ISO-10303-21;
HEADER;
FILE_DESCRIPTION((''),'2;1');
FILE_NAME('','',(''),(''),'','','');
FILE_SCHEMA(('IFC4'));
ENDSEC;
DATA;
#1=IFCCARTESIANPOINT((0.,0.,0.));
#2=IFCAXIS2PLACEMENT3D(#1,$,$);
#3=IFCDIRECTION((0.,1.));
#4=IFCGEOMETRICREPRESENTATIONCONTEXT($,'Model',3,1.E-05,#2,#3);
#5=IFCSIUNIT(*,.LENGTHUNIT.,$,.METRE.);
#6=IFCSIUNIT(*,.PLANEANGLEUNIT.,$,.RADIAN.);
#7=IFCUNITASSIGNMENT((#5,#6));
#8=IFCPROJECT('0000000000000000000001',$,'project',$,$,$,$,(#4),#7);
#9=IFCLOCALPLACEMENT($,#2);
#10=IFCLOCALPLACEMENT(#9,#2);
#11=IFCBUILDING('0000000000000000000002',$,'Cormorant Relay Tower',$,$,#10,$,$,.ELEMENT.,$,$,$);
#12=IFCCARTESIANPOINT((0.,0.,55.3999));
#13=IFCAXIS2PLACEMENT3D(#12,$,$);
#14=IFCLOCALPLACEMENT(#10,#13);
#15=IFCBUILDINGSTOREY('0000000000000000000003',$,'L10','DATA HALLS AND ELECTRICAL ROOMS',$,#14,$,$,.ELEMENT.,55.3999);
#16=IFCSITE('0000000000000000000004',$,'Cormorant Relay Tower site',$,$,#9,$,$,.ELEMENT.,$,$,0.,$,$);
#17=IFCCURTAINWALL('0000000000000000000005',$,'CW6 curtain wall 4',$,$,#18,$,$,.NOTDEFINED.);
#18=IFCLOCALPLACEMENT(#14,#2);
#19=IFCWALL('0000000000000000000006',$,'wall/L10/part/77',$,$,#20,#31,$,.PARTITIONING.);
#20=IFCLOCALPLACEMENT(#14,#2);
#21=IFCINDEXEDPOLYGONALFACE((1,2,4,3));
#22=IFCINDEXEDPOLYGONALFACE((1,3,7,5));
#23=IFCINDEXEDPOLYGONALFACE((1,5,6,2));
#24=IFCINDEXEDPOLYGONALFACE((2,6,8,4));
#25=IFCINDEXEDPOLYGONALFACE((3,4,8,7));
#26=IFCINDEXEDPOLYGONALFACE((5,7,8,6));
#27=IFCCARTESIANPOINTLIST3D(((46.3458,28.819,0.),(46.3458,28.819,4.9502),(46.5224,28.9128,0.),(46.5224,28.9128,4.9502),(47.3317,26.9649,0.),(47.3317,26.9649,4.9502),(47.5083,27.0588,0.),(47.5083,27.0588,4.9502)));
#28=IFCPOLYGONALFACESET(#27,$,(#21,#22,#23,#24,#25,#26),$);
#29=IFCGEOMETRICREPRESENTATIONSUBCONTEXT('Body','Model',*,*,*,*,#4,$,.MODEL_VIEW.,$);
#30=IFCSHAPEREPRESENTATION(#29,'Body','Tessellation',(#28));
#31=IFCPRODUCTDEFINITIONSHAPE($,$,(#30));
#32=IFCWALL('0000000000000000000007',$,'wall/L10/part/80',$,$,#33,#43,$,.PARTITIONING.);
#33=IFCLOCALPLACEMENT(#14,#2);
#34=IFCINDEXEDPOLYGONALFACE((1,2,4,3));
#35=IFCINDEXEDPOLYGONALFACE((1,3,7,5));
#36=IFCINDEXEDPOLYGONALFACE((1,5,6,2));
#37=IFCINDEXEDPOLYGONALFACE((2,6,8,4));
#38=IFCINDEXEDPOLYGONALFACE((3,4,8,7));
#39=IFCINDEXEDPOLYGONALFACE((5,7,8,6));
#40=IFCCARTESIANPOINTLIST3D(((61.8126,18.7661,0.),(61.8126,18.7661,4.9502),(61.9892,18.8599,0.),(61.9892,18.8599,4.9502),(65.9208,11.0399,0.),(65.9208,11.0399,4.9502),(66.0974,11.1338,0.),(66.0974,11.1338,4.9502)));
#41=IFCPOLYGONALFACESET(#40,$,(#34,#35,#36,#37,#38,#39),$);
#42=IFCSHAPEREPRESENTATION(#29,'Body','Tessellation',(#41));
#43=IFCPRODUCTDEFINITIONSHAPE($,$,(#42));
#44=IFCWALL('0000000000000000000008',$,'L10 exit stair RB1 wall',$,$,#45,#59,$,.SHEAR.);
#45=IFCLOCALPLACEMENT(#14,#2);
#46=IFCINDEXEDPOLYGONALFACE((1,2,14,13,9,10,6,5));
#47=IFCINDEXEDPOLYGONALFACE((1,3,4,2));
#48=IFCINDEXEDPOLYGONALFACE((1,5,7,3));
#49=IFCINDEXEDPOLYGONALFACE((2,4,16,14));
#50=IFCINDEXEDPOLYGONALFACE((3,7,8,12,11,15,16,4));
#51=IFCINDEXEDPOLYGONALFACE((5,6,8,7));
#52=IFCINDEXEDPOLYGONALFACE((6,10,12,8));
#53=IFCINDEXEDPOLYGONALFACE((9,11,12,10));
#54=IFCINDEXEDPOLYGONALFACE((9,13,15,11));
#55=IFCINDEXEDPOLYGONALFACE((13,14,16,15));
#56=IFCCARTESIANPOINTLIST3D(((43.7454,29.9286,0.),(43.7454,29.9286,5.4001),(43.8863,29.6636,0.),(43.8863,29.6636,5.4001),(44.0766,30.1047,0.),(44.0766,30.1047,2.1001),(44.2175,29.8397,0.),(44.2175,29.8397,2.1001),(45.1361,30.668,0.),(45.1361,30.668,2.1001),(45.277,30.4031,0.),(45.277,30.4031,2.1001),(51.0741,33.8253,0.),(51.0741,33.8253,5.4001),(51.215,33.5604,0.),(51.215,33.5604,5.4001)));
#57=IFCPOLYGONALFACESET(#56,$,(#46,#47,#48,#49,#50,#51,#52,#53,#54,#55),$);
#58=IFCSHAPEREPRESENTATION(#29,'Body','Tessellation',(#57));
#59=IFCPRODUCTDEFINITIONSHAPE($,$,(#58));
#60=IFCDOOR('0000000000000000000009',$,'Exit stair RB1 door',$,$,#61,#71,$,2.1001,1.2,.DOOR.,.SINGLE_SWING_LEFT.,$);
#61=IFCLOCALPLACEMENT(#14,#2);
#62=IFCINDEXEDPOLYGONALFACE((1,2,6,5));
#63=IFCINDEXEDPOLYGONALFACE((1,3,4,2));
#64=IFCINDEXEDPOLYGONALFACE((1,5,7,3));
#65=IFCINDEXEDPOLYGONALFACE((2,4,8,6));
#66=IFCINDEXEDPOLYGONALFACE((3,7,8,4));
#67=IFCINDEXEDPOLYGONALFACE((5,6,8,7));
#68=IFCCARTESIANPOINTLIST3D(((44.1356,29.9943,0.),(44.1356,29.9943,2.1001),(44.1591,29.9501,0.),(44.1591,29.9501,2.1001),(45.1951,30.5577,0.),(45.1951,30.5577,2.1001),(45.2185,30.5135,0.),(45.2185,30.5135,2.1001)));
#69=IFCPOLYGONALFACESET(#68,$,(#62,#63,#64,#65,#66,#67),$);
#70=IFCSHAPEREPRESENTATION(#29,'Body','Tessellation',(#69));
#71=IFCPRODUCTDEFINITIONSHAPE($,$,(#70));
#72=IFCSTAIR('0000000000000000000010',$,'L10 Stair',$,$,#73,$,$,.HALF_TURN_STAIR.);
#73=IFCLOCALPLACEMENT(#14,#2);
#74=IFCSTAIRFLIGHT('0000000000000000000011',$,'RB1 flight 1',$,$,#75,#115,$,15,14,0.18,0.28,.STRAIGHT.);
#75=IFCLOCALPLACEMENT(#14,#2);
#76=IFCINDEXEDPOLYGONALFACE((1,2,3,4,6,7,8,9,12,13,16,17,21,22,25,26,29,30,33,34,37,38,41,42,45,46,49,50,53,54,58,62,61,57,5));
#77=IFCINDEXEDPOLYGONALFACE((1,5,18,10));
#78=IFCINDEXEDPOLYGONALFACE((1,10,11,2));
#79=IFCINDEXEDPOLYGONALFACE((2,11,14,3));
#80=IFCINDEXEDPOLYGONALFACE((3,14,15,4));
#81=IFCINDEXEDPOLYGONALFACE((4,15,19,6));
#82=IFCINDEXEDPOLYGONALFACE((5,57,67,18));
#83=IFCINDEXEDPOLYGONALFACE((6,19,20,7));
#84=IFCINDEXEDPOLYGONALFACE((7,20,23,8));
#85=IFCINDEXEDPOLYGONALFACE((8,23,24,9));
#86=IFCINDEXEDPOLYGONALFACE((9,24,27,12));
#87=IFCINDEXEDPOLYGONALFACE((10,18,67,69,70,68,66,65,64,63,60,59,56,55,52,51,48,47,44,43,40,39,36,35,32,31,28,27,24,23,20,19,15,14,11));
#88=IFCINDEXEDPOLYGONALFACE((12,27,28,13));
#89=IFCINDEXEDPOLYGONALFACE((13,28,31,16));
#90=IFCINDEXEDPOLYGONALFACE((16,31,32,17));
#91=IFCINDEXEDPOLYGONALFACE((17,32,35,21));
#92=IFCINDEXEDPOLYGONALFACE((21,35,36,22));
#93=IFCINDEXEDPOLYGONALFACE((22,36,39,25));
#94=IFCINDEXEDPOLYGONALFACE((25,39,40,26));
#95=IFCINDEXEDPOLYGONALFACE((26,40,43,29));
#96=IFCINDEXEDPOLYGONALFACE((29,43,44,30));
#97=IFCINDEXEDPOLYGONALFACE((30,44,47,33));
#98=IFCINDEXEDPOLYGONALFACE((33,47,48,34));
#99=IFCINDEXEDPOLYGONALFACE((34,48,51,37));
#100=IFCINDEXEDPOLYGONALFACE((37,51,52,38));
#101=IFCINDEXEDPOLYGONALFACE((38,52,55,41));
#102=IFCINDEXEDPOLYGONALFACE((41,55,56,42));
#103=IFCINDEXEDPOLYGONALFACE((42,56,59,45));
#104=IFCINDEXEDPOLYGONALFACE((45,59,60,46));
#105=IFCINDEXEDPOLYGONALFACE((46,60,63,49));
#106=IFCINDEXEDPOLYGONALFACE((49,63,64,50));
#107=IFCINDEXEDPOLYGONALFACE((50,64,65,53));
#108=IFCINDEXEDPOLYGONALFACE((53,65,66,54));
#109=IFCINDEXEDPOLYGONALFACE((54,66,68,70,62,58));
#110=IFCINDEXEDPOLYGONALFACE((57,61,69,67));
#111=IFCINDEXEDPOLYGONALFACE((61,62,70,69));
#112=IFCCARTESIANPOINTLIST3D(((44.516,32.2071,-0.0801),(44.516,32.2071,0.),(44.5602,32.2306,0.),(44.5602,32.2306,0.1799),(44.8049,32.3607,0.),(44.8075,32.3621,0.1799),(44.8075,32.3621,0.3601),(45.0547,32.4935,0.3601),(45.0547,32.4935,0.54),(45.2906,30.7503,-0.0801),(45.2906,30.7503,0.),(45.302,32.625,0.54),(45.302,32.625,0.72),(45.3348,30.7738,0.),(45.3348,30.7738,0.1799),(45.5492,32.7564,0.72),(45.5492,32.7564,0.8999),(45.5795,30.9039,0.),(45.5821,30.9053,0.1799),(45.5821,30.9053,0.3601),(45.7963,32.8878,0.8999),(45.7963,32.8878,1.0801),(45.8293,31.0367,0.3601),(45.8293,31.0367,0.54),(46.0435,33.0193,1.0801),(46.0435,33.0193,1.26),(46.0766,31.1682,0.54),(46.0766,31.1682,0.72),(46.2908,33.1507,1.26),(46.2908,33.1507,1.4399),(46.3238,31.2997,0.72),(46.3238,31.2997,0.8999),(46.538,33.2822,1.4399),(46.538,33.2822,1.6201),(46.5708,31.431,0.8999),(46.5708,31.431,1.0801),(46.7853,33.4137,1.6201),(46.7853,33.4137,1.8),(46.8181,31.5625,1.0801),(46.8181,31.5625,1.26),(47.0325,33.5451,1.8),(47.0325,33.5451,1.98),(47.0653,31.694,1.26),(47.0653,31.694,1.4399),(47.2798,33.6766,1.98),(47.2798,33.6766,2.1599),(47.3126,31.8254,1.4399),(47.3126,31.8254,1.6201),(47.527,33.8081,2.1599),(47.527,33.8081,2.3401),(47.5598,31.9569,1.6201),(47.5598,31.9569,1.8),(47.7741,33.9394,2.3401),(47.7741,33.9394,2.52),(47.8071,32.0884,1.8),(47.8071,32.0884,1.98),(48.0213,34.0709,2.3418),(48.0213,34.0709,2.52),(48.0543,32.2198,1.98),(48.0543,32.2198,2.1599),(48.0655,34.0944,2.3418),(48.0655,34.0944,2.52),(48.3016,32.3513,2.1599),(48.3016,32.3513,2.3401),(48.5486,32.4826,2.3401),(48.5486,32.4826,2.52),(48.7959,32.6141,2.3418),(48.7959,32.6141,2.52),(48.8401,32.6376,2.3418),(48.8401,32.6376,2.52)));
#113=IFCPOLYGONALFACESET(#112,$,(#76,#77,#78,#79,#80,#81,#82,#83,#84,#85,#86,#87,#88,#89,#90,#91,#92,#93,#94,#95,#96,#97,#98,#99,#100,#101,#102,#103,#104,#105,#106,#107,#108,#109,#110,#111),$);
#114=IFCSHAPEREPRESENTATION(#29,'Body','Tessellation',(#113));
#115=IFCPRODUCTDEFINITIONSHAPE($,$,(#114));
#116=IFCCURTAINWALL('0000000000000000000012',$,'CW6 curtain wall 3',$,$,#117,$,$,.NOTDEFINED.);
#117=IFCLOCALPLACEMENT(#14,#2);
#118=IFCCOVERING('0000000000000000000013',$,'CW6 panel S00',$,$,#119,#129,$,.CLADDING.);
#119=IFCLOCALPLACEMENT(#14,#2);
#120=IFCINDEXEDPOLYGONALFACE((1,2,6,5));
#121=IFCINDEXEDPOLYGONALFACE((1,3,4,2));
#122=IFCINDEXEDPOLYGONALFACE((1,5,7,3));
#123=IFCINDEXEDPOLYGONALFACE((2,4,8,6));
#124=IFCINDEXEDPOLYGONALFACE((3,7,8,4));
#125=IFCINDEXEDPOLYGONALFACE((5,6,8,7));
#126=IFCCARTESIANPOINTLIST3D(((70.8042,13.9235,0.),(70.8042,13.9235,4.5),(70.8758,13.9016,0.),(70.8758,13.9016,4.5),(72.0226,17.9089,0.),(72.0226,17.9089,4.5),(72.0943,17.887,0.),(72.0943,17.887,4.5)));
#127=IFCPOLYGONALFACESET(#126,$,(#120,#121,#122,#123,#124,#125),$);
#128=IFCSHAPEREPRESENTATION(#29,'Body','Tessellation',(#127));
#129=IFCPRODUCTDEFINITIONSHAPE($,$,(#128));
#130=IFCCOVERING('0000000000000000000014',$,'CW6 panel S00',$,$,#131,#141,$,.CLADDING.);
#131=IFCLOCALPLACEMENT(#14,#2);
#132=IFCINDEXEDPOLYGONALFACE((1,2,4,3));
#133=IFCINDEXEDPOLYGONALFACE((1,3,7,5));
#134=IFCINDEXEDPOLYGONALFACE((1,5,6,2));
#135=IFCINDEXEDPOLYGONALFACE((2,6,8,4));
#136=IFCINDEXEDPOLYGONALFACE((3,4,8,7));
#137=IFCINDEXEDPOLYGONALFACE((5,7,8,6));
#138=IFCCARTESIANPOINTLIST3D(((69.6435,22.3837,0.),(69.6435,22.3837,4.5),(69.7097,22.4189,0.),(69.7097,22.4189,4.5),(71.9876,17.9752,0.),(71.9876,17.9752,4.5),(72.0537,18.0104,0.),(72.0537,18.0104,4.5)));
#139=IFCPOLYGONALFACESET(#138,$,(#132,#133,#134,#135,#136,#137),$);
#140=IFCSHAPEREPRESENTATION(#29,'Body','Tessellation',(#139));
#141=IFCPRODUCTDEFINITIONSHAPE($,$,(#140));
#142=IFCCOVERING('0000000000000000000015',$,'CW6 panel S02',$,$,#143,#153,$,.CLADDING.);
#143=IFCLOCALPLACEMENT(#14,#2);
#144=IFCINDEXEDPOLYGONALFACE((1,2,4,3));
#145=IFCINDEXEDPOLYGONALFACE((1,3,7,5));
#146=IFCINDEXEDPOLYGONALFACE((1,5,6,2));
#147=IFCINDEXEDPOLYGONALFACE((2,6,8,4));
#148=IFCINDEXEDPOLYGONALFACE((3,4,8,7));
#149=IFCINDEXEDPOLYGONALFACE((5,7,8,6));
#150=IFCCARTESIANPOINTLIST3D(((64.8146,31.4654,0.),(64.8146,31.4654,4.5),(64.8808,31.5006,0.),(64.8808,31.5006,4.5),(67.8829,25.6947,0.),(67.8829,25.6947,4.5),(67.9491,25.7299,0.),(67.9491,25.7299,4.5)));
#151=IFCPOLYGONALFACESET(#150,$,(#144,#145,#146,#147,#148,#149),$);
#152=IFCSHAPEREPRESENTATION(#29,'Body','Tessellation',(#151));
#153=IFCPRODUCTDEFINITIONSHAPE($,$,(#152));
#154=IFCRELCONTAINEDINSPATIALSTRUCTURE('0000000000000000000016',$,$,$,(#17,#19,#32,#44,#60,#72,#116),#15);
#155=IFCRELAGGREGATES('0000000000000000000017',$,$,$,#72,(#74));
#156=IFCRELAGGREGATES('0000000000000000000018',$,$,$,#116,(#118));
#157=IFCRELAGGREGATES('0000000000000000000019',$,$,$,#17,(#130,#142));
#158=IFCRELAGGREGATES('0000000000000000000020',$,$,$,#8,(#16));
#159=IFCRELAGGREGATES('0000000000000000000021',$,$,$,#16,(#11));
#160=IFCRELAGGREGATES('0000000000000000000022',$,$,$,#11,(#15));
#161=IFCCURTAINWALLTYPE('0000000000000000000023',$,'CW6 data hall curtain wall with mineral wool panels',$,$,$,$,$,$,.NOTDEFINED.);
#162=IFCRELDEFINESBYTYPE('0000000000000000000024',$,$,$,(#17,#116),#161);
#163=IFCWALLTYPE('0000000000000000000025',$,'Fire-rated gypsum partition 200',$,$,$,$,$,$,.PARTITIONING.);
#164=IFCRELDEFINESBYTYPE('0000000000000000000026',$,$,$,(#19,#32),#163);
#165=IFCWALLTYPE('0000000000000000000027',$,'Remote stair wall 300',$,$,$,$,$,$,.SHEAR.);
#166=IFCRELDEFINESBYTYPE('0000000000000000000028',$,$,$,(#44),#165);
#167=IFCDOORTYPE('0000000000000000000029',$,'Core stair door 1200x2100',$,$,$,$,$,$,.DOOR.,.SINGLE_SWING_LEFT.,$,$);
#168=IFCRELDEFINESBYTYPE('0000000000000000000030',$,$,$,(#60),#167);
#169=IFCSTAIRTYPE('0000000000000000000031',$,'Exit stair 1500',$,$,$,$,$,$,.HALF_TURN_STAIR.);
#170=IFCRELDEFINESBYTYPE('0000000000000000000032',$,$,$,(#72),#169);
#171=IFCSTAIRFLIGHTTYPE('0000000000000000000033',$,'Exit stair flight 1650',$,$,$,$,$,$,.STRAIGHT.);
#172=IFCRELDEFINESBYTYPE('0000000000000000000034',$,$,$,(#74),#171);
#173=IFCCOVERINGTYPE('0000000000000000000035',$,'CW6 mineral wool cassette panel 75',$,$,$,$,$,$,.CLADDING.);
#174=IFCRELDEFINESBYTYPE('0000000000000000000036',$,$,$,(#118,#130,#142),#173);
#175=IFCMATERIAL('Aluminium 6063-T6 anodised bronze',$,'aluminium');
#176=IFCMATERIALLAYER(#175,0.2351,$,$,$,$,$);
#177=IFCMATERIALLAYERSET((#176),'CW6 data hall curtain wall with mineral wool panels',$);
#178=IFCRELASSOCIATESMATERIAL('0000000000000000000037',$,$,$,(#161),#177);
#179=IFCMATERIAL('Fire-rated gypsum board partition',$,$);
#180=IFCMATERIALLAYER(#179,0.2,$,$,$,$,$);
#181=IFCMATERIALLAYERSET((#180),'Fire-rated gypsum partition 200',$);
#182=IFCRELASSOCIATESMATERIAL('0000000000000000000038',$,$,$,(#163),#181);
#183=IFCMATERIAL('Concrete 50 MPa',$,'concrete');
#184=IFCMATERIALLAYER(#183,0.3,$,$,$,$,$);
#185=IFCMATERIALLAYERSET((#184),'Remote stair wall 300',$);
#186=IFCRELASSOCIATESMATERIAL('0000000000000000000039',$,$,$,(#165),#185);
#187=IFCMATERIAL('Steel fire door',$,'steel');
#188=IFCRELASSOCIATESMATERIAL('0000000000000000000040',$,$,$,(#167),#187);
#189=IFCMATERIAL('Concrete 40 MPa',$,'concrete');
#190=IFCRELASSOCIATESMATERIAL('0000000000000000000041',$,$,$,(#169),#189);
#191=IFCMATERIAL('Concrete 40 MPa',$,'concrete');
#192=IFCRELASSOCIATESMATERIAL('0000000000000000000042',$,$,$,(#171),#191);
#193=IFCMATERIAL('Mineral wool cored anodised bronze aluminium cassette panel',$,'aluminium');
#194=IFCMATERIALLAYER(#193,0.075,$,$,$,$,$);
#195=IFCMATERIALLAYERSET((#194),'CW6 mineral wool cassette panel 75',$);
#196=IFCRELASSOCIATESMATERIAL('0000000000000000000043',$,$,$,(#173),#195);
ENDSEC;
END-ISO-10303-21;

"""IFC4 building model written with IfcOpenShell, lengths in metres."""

from ifc_helpers import new_model, si_unit, direction, frame, frame_2d, origin, origin_2d, place, context, subcontext, project, spatial, polyline, rectangle, outline, extrude, material, layer, layer_set, type_object, element, fill, aggregate, save


model = new_model("IFC4")

# Units and contexts
model_context = context("Model", 3, precision=1e-05, world=origin(), true_north=direction((0.0, 1.0)))
body_context = subcontext(model_context, "Body", "Model", "MODEL_VIEW")
ifc_project = project(units=[si_unit("LENGTHUNIT", "METRE"), si_unit("PLANEANGLEUNIT", "RADIAN")], contexts=[model_context])

# Site, building, storey
site_placement = place(None, origin())
site = spatial("IfcSite", under=ifc_project, at=site_placement, Name="Cormorant Relay Tower site", CompositionType="ELEMENT", RefElevation=0.0)
building_placement = place(site_placement, origin())
building = spatial("IfcBuilding", under=site, at=building_placement, Name="Cormorant Relay Tower", CompositionType="ELEMENT")
storey_placement = place(building_placement, frame((0.0, 0.0, 55.3999)))
storey = spatial("IfcBuildingStorey", under=building, at=storey_placement, Name="L10", Description="DATA HALLS AND ELECTRICAL ROOMS", CompositionType="ELEMENT", Elevation=55.3999)

# Curtain wall
ifc_material_1 = material(Name="Aluminium 6063-T6 anodised bronze", Category="aluminium")
ifc_layer_1 = layer(ifc_material_1, 0.2351)
ifc_layer_set_1 = layer_set([ifc_layer_1], Name="CW6 data hall curtain wall with mineral wool panels")
curtain_wall_type = type_object("IfcCurtainWallType", Name="CW6 data hall curtain wall with mineral wool panels", PredefinedType="NOTDEFINED", material=ifc_layer_set_1)
curtain_wall_1_placement = place(storey_placement, origin())
curtain_wall_1 = element("IfcCurtainWall", 1, at=curtain_wall_1_placement, inside=storey, type_object=curtain_wall_type, Name="CW6 curtain wall 4", PredefinedType="NOTDEFINED")

# Walls
ifc_material_2 = material(Name="Fire-rated gypsum board partition")
ifc_layer_2 = layer(ifc_material_2, 0.2)
ifc_layer_set_2 = layer_set([ifc_layer_2], Name="Fire-rated gypsum partition 200")
wall_type_1 = type_object("IfcWallType", Name="Fire-rated gypsum partition 200", PredefinedType="PARTITIONING", material=ifc_layer_set_2)
wall_1_placement = place(storey_placement, frame((47.4199, 27.012, 0.0), z_axis=(0.0, 0.0, 1.0), x_axis=(-0.46949, 0.882938, 0.0)))
element("IfcWall", 2, at=wall_1_placement, inside=storey, type_object=wall_type_1, Name="wall/L10/part/77", PredefinedType="PARTITIONING", context=body_context, shape_type="SweptSolid", body=[
    extrude(rectangle(XDim=2.0999, YDim=0.2, at=frame_2d((1.0498, 0.0))), origin(), (0.0, 0.0, 1.0), 4.9502),
])
wall_2_placement = place(storey_placement, frame((61.9009, 18.813, 0.0), z_axis=(0.0, 0.0, 1.0), x_axis=(0.469483, -0.882942, 0.0)))
element("IfcWall", 3, at=wall_2_placement, inside=storey, type_object=wall_type_1, Name="wall/L10/part/80", PredefinedType="PARTITIONING", context=body_context, shape_type="SweptSolid", body=[
    extrude(rectangle(XDim=8.7505, YDim=0.2, at=frame_2d((4.3752, 0.0))), origin(), (0.0, 0.0, 1.0), 4.9502),
])

# Wall, opening, door
ifc_material_3 = material(Name="Concrete 50 MPa", Category="concrete")
ifc_layer_3 = layer(ifc_material_3, 0.3)
ifc_layer_set_3 = layer_set([ifc_layer_3], Name="Remote stair wall 300")
wall_type_2 = type_object("IfcWallType", Name="Remote stair wall 300", PredefinedType="SHEAR", material=ifc_layer_set_3)
wall_3_placement = place(storey_placement, frame((51.1445, 33.6929, 0.0), z_axis=(0.0, 0.0, 1.0), x_axis=(-0.882946, -0.469475, 0.0)))
wall_3 = element("IfcWall", 4, at=wall_3_placement, inside=storey, type_object=wall_type_2, Name="L10 exit stair RB1 wall", PredefinedType="SHEAR", context=body_context, shape_type="SweptSolid", body=[
    extrude(rectangle(XDim=8.3003, YDim=0.3, at=frame_2d((4.1501, 0.0))), origin(), (0.0, 0.0, 1.0), 5.4001),
])
opening_placement = place(wall_3_placement, frame((6.7251, 0.0, 0.0)))
opening = element("IfcOpeningElement", 5, at=opening_placement, cuts=wall_3, PredefinedType="OPENING", context=body_context, shape_type="SweptSolid", body=[
    extrude(rectangle(XDim=1.2, YDim=2.1001, at=frame_2d((0.6001, 1.05))), frame((0.0, 0.1599, 0.0), z_axis=(0.0, -1.0, 0.0), x_axis=(1.0, 0.0, 0.0)), (0.0, 0.0, 1.0), 0.3201),
])
ifc_material_4 = material(Name="Steel fire door", Category="steel")
door_type = type_object("IfcDoorType", Name="Core stair door 1200x2100", OperationType="SINGLE_SWING_LEFT", PredefinedType="DOOR", material=ifc_material_4)
door_placement = place(opening_placement, frame((1.2, 0.0, 0.0), z_axis=(0.0, 0.0, 1.0), x_axis=(-1.0, 0.0, 0.0)))
door = element("IfcDoor", 6, at=door_placement, inside=storey, type_object=door_type, Name="Exit stair RB1 door", OperationType="SINGLE_SWING_LEFT", OverallHeight=2.1001, OverallWidth=1.2, PredefinedType="DOOR", context=body_context, shape_type="SweptSolid", body=[
    extrude(rectangle(XDim=1.2, YDim=2.1001, at=frame_2d((0.6001, 1.05))), frame((0.0, 0.0249, 0.0), z_axis=(0.0, -1.0, 0.0), x_axis=(1.0, 0.0, 0.0)), (0.0, 0.0, 1.0), 0.05),
])
fill(opening, door)

# Stair, stair flight
ifc_material_5 = material(Name="Concrete 40 MPa", Category="concrete")
stair_type = type_object("IfcStairType", Name="Exit stair 1500", PredefinedType="HALF_TURN_STAIR", material=ifc_material_5)
stair_placement = place(storey_placement, origin())
stair = element("IfcStair", 7, at=stair_placement, inside=storey, type_object=stair_type, Name="L10 Stair", PredefinedType="HALF_TURN_STAIR")
ifc_material_6 = material(Name="Concrete 40 MPa", Category="concrete")
stair_flight_type = type_object("IfcStairFlightType", Name="Exit stair flight 1650", PredefinedType="STRAIGHT", material=ifc_material_6)
stair_flight_placement = place(storey_placement, frame((44.9475, 31.5022, 0.0), z_axis=(0.0, 0.0, 1.0), x_axis=(0.882948, 0.469472, 0.0)))
stair_flight = element("IfcStairFlight", 8, at=stair_flight_placement, type_object=stair_flight_type, Name="RB1 flight 1", NumberOfRisers=15, NumberOfTreads=14, PredefinedType="STRAIGHT", RiserHeight=0.18, TreadLength=0.28, context=body_context, shape_type="SweptSolid", body=[
    extrude(outline(polyline([(-0.05, -0.0801), (-0.05, 0.0), (0.0, 0.0), (0.0, 0.1799), (0.28, 0.1799), (0.28, 0.3601), (0.5601, 0.3601), (0.5601, 0.54), (0.8401, 0.54), (0.8401, 0.72), (1.1201, 0.72), (1.1201, 0.8999), (1.3999, 0.8999), (1.3999, 1.0801), (1.6799, 1.0801), (1.6799, 1.26), (1.96, 1.26), (1.96, 1.4399), (2.24, 1.4399), (2.24, 1.6201), (2.52, 1.6201), (2.52, 1.8), (2.8, 1.8), (2.8, 1.98), (3.0801, 1.98), (3.0801, 2.1599), (3.3601, 2.1599), (3.3601, 2.3401), (3.6399, 2.3401), (3.6399, 2.52), (3.9199, 2.52), (3.97, 2.52), (3.97, 2.3418), (3.9199, 2.3418), (0.2771, 0.0), (-0.05, -0.0801)])), frame((0.0, 0.825, 0.0), z_axis=(0.0, -1.0, 0.0), x_axis=(1.0, 0.0, 0.0)), (0.0, 0.0, 1.0), 1.6499),
])
aggregate(stair, [stair_flight])

# Curtain wall, covering
curtain_wall_2_placement = place(storey_placement, origin())
curtain_wall_2 = element("IfcCurtainWall", 9, at=curtain_wall_2_placement, inside=storey, type_object=curtain_wall_type, Name="CW6 curtain wall 3", PredefinedType="NOTDEFINED")
ifc_material_7 = material(Name="Mineral wool cored anodised bronze aluminium cassette panel", Category="aluminium")
ifc_layer_4 = layer(ifc_material_7, 0.075)
ifc_layer_set_4 = layer_set([ifc_layer_4], Name="CW6 mineral wool cassette panel 75")
covering_type = type_object("IfcCoveringType", Name="CW6 mineral wool cassette panel 75", PredefinedType="CLADDING", material=ifc_layer_set_4)
covering_1_placement = place(storey_placement, frame((71.4492, 15.9053, 0.0), z_axis=(0.0, 0.0, 1.0), x_axis=(0.292372, 0.956305, 0.0)))
covering_1 = element("IfcCovering", 10, at=covering_1_placement, type_object=covering_type, Name="CW6 panel S00", PredefinedType="CLADDING", context=body_context, shape_type="SweptSolid", body=[
    extrude(rectangle(XDim=4.1675, YDim=0.075, at=origin_2d()), origin(), (0.0, 0.0, 1.0), 4.5),
])
aggregate(curtain_wall_2, [covering_1])

# Coverings
covering_2_placement = place(storey_placement, frame((70.8486, 20.197, 0.0), z_axis=(0.0, 0.0, 1.0), x_axis=(-0.469472, 0.882948, 0.0)))
covering_2 = element("IfcCovering", 11, at=covering_2_placement, type_object=covering_type, Name="CW6 panel S00", PredefinedType="CLADDING", context=body_context, shape_type="SweptSolid", body=[
    extrude(rectangle(XDim=4.9929, YDim=0.075, at=origin_2d()), origin(), (0.0, 0.0, 1.0), 4.5),
])
covering_3_placement = place(storey_placement, frame((66.3818, 28.5977, 0.0), z_axis=(0.0, 0.0, 1.0), x_axis=(-0.469472, 0.882948, 0.0)))
covering_3 = element("IfcCovering", 12, at=covering_3_placement, type_object=covering_type, Name="CW6 panel S02", PredefinedType="CLADDING", context=body_context, shape_type="SweptSolid", body=[
    extrude(rectangle(XDim=6.5356, YDim=0.075, at=origin_2d()), origin(), (0.0, 0.0, 1.0), 4.5),
])
aggregate(curtain_wall_1, [covering_2, covering_3])

save(model, "model.ifc")
